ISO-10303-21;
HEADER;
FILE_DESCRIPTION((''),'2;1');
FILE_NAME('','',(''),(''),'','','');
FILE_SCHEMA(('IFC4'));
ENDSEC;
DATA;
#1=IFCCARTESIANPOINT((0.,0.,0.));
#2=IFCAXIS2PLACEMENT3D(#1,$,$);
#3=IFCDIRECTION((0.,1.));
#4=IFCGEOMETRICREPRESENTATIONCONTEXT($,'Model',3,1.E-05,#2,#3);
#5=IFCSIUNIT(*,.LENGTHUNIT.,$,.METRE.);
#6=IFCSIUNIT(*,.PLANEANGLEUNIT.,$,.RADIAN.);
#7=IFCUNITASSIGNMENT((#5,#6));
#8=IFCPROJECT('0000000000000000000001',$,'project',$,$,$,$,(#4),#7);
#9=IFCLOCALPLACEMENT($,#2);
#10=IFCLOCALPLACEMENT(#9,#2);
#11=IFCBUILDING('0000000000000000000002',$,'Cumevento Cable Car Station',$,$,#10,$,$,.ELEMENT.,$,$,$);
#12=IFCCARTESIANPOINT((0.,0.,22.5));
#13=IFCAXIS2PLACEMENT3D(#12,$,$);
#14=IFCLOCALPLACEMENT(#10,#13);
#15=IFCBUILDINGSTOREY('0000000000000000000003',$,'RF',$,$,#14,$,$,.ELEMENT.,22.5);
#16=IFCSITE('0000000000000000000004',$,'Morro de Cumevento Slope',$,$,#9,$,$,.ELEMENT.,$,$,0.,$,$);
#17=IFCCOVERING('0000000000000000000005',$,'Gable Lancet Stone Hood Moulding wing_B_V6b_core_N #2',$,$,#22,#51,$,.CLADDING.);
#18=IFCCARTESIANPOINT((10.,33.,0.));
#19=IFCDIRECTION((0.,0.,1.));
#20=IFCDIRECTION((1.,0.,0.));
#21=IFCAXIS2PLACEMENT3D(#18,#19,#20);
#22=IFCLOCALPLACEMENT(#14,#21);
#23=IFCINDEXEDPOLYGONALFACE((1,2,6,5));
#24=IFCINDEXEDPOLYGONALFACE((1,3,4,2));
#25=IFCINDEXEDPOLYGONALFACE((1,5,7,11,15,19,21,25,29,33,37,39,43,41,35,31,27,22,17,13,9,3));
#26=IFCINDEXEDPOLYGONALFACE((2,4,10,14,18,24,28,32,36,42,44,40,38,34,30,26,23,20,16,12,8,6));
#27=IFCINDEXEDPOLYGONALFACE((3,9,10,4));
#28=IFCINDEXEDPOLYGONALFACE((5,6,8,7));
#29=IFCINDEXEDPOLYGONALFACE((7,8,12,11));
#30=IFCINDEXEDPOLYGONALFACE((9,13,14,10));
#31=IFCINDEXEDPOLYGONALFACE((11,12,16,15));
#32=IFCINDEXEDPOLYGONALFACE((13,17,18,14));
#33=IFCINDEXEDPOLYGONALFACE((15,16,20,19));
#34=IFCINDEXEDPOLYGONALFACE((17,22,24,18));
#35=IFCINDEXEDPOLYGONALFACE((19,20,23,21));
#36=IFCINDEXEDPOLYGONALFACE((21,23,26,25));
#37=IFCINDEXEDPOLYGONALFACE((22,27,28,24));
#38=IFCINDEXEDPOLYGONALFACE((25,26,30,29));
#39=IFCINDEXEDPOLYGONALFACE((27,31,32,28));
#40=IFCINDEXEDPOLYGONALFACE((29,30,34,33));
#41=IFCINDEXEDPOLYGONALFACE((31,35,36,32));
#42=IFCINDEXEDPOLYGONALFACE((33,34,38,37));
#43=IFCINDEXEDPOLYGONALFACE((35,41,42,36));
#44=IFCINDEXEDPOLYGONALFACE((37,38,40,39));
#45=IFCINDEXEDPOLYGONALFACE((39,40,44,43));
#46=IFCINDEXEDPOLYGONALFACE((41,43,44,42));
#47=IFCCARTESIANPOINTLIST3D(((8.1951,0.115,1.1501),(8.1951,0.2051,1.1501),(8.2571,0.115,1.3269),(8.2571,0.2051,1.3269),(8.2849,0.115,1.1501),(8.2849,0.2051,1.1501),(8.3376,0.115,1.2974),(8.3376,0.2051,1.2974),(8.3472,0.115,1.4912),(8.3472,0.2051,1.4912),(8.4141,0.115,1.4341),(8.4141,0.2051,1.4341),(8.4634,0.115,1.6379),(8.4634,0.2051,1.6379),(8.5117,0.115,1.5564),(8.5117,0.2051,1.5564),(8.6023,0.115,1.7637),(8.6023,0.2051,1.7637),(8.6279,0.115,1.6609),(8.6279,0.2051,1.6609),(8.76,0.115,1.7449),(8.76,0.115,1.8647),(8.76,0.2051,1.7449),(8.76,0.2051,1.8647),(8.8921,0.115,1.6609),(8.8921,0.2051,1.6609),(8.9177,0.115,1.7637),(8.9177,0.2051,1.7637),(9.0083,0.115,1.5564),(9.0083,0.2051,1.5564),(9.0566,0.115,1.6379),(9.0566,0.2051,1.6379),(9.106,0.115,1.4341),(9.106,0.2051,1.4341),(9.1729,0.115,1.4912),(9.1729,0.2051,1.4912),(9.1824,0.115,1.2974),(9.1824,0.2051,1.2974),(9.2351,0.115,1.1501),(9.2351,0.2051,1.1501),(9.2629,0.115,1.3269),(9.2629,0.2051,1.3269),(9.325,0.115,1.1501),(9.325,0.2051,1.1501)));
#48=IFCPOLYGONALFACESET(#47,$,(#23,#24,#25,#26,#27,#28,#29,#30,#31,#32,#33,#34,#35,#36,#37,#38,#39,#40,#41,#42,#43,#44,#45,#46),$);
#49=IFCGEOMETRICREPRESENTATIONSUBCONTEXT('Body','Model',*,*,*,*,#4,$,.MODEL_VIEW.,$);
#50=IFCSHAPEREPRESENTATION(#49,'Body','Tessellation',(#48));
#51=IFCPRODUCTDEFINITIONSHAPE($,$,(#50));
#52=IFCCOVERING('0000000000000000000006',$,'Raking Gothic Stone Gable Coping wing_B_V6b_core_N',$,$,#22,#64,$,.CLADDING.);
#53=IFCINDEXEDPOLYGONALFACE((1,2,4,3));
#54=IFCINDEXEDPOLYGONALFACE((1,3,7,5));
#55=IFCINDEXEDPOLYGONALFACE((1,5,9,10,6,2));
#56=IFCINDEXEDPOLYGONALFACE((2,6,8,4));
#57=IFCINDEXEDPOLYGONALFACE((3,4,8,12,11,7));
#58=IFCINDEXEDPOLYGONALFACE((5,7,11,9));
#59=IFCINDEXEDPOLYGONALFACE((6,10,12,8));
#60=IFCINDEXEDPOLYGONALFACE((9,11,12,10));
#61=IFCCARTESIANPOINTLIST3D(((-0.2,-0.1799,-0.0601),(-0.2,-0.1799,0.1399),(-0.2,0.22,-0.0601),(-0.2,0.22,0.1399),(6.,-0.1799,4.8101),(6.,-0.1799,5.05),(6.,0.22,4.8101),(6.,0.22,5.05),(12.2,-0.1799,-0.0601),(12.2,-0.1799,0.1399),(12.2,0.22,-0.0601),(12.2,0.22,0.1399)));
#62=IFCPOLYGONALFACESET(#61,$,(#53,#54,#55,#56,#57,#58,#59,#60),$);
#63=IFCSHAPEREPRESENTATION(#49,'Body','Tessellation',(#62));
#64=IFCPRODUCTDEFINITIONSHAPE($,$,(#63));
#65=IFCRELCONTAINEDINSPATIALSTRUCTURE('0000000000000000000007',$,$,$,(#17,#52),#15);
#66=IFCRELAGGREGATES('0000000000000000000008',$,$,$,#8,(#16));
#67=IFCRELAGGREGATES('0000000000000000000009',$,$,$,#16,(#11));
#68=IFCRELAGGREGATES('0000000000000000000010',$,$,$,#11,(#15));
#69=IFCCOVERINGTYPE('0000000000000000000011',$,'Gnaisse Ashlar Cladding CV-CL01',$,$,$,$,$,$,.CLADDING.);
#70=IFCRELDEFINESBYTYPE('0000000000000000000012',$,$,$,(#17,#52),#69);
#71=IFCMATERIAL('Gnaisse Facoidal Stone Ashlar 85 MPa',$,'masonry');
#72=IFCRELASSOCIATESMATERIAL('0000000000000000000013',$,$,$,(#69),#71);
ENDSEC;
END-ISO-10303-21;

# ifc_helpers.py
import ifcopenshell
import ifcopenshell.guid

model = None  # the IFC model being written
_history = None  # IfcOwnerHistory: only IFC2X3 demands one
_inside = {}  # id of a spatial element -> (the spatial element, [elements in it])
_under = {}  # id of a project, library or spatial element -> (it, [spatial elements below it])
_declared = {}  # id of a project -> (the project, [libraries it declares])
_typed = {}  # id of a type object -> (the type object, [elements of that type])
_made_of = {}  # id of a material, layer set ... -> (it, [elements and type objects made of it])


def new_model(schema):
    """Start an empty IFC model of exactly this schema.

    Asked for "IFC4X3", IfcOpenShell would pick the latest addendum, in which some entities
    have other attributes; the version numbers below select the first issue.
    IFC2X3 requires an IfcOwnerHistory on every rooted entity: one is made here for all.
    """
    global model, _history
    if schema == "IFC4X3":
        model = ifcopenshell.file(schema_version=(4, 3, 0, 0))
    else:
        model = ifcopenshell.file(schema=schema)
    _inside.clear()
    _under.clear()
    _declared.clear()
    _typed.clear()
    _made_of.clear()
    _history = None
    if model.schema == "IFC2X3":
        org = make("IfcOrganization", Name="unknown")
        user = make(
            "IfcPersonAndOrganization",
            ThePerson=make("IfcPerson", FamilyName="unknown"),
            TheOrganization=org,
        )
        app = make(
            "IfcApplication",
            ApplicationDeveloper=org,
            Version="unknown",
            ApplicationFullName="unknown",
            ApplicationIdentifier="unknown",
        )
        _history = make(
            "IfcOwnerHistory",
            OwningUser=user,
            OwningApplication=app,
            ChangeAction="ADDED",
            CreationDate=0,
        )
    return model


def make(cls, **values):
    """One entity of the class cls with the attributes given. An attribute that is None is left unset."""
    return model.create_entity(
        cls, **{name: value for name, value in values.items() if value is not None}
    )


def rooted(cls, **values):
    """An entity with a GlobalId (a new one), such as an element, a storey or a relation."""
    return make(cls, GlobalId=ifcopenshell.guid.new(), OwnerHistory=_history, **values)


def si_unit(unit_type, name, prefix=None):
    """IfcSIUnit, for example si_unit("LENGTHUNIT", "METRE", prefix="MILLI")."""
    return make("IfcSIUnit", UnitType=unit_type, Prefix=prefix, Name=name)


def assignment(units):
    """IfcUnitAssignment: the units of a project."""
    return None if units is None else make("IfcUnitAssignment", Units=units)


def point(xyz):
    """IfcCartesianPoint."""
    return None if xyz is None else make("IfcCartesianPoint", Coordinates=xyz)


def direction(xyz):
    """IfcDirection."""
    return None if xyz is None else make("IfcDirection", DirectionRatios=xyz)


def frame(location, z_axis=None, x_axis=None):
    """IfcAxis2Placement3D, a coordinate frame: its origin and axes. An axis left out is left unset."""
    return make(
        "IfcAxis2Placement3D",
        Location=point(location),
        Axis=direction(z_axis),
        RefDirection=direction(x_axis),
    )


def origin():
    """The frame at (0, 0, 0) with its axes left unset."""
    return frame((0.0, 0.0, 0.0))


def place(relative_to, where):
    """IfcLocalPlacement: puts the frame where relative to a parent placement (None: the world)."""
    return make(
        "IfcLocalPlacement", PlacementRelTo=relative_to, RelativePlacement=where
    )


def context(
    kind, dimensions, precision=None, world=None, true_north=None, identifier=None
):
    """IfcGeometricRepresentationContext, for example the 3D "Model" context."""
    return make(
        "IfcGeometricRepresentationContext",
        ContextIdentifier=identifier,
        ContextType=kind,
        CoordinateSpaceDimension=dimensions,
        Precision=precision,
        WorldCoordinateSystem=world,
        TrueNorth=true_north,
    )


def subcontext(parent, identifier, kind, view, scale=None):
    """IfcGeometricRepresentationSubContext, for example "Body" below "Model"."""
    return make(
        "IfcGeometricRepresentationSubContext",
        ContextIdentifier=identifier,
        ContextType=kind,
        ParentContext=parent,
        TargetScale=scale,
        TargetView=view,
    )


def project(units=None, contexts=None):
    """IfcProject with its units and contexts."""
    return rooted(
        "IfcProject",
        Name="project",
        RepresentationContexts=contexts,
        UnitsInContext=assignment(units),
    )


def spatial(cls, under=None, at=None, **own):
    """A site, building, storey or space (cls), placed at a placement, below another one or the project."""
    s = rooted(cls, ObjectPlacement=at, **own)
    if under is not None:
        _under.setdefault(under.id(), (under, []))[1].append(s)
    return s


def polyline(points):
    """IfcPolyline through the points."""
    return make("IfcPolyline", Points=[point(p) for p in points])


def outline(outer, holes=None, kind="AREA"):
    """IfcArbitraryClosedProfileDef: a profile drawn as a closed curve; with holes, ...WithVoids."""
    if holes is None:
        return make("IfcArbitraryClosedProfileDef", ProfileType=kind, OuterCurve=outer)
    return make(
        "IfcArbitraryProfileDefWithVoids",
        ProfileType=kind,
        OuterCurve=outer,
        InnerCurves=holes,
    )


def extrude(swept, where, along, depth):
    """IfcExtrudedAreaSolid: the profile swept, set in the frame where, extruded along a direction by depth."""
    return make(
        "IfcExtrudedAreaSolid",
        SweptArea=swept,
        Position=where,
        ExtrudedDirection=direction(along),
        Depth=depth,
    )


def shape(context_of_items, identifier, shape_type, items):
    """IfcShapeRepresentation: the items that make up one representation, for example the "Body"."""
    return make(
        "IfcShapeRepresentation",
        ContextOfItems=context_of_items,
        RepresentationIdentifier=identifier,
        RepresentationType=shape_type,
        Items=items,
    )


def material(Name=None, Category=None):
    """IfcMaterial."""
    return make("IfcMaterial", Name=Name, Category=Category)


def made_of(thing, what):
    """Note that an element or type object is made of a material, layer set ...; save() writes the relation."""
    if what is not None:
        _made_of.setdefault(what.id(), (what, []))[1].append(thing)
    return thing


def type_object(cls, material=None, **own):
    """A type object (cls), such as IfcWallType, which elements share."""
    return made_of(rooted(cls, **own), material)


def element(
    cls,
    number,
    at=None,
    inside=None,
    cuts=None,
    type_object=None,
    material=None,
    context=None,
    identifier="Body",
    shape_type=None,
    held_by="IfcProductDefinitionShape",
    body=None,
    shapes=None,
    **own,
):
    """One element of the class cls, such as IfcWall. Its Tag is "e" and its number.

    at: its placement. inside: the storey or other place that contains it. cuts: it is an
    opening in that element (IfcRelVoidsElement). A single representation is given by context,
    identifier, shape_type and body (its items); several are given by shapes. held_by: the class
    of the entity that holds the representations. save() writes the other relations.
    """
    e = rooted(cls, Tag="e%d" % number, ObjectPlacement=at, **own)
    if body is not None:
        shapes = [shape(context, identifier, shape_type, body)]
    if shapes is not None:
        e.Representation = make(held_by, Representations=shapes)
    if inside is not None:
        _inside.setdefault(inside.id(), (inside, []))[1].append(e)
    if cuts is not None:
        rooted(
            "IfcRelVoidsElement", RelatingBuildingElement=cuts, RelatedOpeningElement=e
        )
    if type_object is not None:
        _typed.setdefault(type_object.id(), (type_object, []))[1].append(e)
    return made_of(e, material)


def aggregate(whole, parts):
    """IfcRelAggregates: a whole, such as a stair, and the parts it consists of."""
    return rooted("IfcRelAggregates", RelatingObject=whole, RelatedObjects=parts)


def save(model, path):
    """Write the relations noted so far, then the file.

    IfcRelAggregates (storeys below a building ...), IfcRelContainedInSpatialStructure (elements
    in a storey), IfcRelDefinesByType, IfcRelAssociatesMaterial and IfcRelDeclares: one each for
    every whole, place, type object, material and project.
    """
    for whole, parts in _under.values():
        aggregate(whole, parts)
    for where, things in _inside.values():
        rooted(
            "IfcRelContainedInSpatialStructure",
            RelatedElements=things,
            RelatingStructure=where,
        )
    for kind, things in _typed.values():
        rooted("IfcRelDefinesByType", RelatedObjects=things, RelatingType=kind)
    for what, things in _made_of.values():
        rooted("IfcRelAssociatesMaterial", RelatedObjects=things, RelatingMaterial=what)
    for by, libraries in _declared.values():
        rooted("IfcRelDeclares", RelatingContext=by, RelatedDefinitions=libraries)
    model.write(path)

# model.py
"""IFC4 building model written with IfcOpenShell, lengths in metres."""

from ifc_helpers import new_model, si_unit, direction, frame, origin, place, context, subcontext, project, spatial, polyline, outline, extrude, material, type_object, element, save


model = new_model("IFC4")

# Units and contexts
model_context = context("Model", 3, precision=1e-05, world=origin(), true_north=direction((0.0, 1.0)))
body_context = subcontext(model_context, "Body", "Model", "MODEL_VIEW")
ifc_project = project(units=[si_unit("LENGTHUNIT", "METRE"), si_unit("PLANEANGLEUNIT", "RADIAN")], contexts=[model_context])

# Site, building, storey
site_placement = place(None, origin())
site = spatial("IfcSite", under=ifc_project, at=site_placement, Name="Morro de Cumevento Slope", CompositionType="ELEMENT", RefElevation=0.0)
building_placement = place(site_placement, origin())
building = spatial("IfcBuilding", under=site, at=building_placement, Name="Cumevento Cable Car Station", CompositionType="ELEMENT")
storey_placement = place(building_placement, frame((0.0, 0.0, 22.5)))
storey = spatial("IfcBuildingStorey", under=building, at=storey_placement, Name="RF", CompositionType="ELEMENT", Elevation=22.5)

# Coverings
ifc_material_1 = material(Name="Gnaisse Facoidal Stone Ashlar 85 MPa", Category="masonry")
covering_type_1 = type_object("IfcCoveringType", Name="Gnaisse Ashlar Cladding CV-CL01", PredefinedType="CLADDING", material=ifc_material_1)
placement = place(storey_placement, frame((10.0, 33.0, 0.0), z_axis=(0.0, 0.0, 1.0), x_axis=(1.0, 0.0, 0.0)))
element("IfcCovering", 1, at=placement, inside=storey, type_object=covering_type_1, Name="Gable Lancet Stone Hood Moulding wing_B_V6b_core_N #2", PredefinedType="CLADDING", context=body_context, shape_type="SweptSolid", body=[
    extrude(outline(polyline([(8.2849, 1.1501), (8.3376, 1.2974), (8.4141, 1.4341), (8.5117, 1.5564), (8.6279, 1.6609), (8.76, 1.7449), (8.8921, 1.6609), (9.0083, 1.5564), (9.106, 1.4341), (9.1824, 1.2974), (9.2351, 1.1501), (9.325, 1.1501), (9.2629, 1.3269), (9.1729, 1.4912), (9.0566, 1.6379), (8.9177, 1.7637), (8.76, 1.8647), (8.6023, 1.7637), (8.4634, 1.6379), (8.3472, 1.4912), (8.2571, 1.3269), (8.1951, 1.1501), (8.2849, 1.1501)])), frame((0.0, 0.2051, 0.0), z_axis=(0.0, -1.0, 0.0), x_axis=(1.0, 0.0, 0.0)), (0.0, 0.0, 1.0), 0.0901),
])
element("IfcCovering", 2, at=placement, inside=storey, type_object=covering_type_1, Name="Raking Gothic Stone Gable Coping wing_B_V6b_core_N", PredefinedType="CLADDING", context=body_context, shape_type="SweptSolid", body=[
    extrude(outline(polyline([(-0.2, -0.0601), (6.0, 4.8101), (12.2, -0.0601), (12.2, 0.1399), (6.0, 5.05), (-0.2, 0.1399), (-0.2, -0.0601)])), frame((0.0, 0.22, 0.0), z_axis=(0.0, -1.0, 0.0), x_axis=(1.0, 0.0, 0.0)), (0.0, 0.0, 1.0), 0.3999),
])

save(model, "model.ifc")
